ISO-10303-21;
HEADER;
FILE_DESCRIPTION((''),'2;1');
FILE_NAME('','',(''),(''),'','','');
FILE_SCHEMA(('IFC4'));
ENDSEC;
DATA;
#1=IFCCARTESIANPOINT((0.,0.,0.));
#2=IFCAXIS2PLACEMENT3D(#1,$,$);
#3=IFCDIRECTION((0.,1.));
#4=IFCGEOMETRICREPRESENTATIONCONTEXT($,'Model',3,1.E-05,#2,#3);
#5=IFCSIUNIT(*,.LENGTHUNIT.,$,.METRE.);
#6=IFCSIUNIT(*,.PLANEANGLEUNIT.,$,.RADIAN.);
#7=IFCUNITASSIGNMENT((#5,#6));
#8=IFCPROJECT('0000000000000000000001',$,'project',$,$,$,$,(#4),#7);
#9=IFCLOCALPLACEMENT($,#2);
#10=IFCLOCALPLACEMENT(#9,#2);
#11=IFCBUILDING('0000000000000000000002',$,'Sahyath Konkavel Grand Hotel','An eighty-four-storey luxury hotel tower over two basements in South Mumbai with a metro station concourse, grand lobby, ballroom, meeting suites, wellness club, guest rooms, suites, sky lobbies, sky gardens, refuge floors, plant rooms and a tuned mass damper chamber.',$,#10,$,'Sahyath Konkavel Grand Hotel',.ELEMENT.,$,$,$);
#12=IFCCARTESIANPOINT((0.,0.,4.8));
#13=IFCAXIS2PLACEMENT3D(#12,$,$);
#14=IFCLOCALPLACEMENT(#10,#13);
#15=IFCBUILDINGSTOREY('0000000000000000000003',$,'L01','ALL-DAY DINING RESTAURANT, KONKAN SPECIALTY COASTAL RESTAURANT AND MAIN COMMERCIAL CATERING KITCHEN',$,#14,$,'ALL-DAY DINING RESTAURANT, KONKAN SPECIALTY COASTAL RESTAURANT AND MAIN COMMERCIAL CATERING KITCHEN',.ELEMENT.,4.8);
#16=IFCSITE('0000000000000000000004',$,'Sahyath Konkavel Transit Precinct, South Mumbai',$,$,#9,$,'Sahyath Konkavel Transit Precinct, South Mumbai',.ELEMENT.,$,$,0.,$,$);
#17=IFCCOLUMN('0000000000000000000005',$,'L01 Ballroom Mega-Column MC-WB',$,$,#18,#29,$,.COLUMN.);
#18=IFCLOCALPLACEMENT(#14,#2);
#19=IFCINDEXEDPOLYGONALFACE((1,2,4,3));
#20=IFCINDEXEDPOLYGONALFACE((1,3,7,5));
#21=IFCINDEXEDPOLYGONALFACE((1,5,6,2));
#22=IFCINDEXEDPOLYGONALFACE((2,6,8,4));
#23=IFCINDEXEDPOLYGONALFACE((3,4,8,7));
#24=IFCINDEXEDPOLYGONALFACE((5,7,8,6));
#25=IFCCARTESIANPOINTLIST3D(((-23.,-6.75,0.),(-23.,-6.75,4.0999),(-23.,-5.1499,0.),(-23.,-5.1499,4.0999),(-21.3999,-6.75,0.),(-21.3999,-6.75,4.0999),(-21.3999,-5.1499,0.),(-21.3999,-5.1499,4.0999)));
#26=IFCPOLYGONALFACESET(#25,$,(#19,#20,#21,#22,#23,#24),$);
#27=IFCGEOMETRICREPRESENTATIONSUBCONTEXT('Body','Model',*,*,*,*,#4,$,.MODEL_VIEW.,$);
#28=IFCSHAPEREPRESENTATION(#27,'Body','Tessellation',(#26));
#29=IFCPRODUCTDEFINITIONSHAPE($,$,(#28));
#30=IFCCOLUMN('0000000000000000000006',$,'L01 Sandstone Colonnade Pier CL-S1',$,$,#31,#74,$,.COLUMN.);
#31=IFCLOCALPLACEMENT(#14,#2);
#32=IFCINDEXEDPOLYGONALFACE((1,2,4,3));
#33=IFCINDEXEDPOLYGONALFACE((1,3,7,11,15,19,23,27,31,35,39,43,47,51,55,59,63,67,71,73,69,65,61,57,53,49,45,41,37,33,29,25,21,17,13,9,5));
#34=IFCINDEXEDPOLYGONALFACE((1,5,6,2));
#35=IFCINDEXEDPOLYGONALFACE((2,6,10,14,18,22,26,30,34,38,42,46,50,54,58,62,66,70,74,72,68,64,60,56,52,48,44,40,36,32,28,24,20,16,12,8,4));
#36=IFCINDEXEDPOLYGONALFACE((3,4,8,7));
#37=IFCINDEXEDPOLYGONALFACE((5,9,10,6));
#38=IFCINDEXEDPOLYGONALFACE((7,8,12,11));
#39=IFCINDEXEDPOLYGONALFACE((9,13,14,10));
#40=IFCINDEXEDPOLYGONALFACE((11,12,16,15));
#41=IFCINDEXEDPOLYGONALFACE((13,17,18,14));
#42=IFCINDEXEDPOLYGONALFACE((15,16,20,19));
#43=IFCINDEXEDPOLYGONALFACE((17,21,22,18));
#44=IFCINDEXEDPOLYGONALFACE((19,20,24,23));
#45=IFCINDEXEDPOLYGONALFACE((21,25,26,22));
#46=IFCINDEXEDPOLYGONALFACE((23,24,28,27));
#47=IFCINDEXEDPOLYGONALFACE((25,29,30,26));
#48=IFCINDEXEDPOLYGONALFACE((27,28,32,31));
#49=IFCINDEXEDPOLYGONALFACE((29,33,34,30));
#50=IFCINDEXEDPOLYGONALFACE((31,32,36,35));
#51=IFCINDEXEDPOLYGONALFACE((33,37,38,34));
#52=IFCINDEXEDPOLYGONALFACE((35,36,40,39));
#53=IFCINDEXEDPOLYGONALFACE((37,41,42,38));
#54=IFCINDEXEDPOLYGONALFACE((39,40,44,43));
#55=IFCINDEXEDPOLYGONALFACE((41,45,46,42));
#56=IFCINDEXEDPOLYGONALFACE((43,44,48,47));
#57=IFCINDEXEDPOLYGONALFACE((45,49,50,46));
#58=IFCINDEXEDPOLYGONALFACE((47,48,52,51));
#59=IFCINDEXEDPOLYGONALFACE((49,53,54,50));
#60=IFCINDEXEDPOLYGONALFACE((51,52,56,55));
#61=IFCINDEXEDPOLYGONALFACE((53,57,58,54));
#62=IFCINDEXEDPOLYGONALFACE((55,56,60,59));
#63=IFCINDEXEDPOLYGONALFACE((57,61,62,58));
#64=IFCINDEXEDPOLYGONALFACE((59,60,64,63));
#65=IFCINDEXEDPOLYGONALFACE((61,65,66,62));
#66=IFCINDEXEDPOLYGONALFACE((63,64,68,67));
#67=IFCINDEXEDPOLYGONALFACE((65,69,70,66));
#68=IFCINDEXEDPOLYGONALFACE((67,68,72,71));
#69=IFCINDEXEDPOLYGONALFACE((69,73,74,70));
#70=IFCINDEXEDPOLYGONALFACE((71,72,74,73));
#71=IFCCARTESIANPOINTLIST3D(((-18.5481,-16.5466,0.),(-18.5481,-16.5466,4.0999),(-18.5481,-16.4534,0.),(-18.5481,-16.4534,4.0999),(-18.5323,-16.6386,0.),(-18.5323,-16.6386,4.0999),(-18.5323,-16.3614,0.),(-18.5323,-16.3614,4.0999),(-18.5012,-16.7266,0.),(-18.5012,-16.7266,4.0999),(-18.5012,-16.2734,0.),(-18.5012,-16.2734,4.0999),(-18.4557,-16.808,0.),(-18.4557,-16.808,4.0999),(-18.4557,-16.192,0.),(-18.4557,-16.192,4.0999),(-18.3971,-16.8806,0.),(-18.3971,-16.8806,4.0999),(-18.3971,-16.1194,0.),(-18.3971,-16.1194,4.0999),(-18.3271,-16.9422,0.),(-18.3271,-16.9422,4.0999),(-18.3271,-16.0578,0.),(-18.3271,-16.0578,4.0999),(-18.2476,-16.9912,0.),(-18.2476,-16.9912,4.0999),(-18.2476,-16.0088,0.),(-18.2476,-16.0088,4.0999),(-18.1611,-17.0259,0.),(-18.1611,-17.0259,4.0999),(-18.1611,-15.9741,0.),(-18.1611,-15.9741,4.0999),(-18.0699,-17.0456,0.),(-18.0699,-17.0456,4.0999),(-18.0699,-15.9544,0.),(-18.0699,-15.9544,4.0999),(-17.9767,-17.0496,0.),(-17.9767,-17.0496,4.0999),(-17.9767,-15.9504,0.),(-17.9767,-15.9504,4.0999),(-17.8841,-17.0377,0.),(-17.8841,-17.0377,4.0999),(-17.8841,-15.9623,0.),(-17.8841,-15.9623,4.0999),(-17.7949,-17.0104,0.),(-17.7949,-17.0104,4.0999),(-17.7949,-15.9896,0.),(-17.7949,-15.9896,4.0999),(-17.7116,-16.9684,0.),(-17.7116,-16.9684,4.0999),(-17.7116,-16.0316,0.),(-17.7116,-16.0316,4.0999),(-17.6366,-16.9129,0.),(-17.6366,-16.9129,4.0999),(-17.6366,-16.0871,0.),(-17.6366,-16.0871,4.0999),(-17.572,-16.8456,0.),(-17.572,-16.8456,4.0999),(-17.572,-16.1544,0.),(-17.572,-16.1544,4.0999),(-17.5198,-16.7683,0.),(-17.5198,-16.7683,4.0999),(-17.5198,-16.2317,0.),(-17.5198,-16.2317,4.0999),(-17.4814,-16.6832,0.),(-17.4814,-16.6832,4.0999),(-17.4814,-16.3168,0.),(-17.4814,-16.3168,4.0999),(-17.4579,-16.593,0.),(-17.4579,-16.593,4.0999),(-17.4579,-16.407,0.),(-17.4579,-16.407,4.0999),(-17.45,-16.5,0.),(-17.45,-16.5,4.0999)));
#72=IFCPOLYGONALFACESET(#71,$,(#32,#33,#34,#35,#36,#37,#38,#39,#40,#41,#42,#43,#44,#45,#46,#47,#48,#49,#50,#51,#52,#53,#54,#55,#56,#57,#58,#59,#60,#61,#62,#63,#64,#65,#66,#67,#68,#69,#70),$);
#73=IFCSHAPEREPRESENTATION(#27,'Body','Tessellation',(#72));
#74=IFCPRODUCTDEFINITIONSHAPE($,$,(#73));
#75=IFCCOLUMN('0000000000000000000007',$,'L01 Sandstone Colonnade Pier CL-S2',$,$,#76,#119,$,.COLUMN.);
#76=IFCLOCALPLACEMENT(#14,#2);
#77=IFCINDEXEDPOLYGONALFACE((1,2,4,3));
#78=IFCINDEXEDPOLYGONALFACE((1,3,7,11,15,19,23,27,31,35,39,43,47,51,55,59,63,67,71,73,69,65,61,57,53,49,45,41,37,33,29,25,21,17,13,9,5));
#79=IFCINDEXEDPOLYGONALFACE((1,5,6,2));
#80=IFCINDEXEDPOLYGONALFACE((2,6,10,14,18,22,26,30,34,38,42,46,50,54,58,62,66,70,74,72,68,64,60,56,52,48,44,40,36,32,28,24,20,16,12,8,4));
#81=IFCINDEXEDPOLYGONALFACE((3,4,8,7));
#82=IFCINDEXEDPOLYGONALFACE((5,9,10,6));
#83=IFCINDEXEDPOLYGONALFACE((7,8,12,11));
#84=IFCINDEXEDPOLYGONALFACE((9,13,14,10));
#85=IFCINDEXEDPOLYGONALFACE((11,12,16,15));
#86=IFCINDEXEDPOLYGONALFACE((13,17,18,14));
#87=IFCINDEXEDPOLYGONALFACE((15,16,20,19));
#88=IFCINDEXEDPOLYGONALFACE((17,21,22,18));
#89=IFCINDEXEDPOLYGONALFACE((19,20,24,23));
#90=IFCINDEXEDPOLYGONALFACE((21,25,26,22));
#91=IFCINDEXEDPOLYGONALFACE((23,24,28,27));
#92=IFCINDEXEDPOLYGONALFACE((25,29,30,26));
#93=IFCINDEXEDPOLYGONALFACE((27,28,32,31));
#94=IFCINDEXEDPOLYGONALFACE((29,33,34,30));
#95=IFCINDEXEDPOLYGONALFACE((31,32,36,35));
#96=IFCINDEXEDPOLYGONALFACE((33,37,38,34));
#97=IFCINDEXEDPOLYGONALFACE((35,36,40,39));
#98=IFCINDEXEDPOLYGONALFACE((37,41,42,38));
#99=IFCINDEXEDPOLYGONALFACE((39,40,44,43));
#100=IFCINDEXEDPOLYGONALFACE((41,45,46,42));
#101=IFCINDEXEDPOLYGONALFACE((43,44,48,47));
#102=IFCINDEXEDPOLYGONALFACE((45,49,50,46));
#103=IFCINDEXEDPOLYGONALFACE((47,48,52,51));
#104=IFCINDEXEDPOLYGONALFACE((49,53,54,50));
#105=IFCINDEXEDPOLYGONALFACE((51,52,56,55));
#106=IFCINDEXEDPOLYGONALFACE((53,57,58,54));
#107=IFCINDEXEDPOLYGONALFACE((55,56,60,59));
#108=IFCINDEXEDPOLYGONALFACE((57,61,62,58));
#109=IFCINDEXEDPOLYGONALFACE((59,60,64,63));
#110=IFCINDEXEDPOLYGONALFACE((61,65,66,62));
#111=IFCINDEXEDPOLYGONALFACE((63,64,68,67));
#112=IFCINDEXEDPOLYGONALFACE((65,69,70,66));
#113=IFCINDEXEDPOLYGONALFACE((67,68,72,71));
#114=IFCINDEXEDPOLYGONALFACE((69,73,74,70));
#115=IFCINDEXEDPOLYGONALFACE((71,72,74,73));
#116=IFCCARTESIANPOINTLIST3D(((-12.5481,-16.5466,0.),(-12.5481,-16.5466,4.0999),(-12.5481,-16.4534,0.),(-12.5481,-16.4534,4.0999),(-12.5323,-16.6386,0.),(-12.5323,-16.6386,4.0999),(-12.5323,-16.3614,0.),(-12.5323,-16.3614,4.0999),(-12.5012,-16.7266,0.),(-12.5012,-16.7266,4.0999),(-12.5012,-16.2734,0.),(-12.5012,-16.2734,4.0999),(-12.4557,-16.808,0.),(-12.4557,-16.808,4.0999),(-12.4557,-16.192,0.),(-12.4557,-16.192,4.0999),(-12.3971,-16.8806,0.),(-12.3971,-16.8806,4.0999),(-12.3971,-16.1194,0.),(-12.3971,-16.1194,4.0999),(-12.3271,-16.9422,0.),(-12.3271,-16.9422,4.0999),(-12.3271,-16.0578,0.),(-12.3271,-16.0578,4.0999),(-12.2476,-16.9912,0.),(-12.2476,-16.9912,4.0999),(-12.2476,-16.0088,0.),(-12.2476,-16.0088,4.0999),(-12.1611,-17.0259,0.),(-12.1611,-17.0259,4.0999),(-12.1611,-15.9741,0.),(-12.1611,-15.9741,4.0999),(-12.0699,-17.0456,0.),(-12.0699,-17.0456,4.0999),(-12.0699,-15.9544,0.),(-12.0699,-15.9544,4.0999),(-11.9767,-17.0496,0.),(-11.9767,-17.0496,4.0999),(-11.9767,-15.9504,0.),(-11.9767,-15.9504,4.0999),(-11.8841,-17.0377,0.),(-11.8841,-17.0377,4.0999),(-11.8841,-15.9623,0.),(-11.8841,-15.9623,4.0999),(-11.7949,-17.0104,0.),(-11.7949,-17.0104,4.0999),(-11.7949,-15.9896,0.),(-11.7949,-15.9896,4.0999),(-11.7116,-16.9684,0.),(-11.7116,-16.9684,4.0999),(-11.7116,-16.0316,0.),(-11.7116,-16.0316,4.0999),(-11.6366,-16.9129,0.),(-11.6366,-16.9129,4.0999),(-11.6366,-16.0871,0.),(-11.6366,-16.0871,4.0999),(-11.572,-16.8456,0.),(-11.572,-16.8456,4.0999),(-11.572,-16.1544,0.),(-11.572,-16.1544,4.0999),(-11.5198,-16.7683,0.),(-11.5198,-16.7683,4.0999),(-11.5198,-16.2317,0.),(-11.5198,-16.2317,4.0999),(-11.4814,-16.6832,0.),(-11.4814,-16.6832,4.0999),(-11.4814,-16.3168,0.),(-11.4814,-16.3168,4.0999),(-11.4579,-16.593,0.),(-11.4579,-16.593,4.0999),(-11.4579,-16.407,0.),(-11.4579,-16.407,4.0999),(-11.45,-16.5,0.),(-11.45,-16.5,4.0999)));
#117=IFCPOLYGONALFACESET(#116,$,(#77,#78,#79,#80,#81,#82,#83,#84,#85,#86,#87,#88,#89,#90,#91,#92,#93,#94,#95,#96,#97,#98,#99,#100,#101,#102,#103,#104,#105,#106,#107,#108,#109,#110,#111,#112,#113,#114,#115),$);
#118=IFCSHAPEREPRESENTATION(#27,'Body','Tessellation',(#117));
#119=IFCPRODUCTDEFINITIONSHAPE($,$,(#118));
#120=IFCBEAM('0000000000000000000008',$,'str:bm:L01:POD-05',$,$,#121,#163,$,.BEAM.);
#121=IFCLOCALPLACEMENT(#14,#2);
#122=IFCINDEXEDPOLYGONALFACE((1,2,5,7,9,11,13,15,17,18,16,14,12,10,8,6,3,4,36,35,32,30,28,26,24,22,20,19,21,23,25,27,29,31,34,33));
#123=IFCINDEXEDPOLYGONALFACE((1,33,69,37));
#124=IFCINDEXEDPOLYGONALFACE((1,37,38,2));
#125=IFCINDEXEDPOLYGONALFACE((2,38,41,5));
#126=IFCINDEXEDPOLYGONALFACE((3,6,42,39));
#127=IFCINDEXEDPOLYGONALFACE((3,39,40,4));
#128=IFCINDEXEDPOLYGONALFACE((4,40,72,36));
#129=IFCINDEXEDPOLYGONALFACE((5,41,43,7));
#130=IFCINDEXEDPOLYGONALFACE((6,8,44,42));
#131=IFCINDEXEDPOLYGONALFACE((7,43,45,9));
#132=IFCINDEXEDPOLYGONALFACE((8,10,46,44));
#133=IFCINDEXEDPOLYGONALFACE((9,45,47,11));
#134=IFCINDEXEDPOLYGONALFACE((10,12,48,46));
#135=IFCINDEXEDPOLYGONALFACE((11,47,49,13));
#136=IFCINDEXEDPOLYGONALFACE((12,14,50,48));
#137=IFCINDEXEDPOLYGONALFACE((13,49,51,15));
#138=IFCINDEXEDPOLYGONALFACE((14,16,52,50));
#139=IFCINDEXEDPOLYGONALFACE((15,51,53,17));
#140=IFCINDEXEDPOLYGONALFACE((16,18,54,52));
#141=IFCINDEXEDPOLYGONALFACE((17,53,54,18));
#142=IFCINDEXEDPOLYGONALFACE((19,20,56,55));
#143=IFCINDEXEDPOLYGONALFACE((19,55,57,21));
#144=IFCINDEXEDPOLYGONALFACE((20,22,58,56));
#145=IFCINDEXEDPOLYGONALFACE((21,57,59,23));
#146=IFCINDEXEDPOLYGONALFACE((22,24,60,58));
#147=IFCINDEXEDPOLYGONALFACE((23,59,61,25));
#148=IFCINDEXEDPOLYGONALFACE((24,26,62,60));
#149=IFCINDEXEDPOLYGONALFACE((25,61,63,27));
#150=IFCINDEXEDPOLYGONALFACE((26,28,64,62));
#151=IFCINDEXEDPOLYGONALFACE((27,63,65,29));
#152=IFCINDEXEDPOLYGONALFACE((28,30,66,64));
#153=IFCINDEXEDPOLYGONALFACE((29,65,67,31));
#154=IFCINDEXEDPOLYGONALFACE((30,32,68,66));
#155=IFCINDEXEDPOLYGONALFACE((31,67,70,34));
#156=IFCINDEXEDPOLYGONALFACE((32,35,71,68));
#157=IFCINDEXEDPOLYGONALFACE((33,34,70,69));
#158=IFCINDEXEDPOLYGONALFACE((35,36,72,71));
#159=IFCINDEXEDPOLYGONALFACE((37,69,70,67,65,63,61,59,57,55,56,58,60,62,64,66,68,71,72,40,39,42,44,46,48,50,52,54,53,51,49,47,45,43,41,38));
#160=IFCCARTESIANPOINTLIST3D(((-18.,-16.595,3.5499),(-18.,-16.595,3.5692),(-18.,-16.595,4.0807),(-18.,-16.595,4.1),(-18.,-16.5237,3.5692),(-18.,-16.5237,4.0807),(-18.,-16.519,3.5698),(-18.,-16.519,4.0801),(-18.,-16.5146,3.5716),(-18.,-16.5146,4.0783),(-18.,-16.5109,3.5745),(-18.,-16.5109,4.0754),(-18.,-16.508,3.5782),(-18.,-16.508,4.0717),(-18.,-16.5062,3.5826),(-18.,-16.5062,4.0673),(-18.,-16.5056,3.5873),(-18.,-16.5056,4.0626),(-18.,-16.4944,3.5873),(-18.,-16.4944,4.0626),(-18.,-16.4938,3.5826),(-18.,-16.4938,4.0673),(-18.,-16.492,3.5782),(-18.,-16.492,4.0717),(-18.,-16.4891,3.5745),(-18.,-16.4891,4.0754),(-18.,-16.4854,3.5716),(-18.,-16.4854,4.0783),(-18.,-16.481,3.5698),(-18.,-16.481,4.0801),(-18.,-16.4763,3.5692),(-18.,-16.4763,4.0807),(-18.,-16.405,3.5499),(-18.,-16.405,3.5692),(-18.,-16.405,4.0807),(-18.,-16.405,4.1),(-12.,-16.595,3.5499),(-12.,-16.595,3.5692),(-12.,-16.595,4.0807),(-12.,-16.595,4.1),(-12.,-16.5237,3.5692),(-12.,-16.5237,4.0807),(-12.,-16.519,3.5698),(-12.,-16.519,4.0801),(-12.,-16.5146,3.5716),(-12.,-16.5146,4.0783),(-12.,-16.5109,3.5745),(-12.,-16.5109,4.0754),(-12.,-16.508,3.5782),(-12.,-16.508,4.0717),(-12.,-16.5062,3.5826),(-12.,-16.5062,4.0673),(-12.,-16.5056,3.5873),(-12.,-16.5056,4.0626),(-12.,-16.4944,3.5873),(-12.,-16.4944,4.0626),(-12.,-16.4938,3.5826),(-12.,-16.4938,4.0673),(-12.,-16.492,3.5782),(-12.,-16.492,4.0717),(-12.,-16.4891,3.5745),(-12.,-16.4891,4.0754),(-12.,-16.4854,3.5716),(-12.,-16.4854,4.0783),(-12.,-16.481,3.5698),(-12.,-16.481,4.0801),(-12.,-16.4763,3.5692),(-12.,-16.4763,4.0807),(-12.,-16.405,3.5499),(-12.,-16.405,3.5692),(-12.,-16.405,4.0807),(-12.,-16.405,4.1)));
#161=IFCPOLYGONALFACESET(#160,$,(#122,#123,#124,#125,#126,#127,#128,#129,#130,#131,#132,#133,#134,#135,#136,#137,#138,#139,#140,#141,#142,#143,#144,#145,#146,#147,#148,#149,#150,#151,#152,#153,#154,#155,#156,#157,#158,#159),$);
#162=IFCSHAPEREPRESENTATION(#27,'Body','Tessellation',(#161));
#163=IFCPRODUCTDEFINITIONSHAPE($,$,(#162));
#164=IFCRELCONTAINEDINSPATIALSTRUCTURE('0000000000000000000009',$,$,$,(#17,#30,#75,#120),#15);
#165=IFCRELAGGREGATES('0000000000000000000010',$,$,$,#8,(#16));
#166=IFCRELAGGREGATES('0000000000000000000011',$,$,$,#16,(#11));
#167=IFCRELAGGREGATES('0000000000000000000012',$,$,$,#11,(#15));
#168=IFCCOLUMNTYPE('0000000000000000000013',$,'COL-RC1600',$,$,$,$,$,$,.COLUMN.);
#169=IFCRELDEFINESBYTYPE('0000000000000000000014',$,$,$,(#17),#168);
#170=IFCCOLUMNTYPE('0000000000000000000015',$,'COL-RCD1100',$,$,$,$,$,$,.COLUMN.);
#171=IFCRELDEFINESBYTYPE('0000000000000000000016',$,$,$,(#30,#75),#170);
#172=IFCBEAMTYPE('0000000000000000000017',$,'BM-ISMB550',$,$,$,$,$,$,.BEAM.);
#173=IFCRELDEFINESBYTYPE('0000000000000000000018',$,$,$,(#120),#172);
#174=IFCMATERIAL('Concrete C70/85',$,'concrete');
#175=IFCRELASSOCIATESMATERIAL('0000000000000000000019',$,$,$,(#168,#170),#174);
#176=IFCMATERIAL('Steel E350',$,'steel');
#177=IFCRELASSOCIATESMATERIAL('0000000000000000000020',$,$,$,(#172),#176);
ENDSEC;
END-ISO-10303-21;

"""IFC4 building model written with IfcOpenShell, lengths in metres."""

from ifc_helpers import new_model, si_unit, direction, frame, origin, origin_2d, place, context, subcontext, project, spatial, rectangle, circle, i_section, extrude, source, transform, mapped, material, material_profile, profile_set, type_object, element, save


model = new_model("IFC4")

# Units and contexts
model_context = context("Model", 3, precision=1e-05, world=origin(), true_north=direction((0.0, 1.0)))
body_context = subcontext(model_context, "Body", "Model", "MODEL_VIEW")
ifc_project = project(units=[si_unit("LENGTHUNIT", "METRE"), si_unit("PLANEANGLEUNIT", "RADIAN")], contexts=[model_context])

# Site, building, storey
site_placement = place(None, origin())
site = spatial("IfcSite", under=ifc_project, at=site_placement, Name="Sahyath Konkavel Transit Precinct, South Mumbai", LongName="Sahyath Konkavel Transit Precinct, South Mumbai", CompositionType="ELEMENT", RefElevation=0.0)
building_placement = place(site_placement, origin())
building = spatial("IfcBuilding", under=site, at=building_placement, Name="Sahyath Konkavel Grand Hotel", Description="An eighty-four-storey luxury hotel tower over two basements in South Mumbai with a metro station concourse, grand lobby, ballroom, meeting suites, wellness club, guest rooms, suites, sky lobbies, sky gardens, refuge floors, plant rooms and a tuned mass damper chamber.", LongName="Sahyath Konkavel Grand Hotel", CompositionType="ELEMENT")
storey_placement = place(building_placement, frame((0.0, 0.0, 4.8)))
storey = spatial("IfcBuildingStorey", under=building, at=storey_placement, Name="L01", Description="ALL-DAY DINING RESTAURANT, KONKAN SPECIALTY COASTAL RESTAURANT AND MAIN COMMERCIAL CATERING KITCHEN", LongName="ALL-DAY DINING RESTAURANT, KONKAN SPECIALTY COASTAL RESTAURANT AND MAIN COMMERCIAL CATERING KITCHEN", CompositionType="ELEMENT", Elevation=4.8)

# Columns
ifc_material_1 = material(Name="Concrete C70/85", Category="concrete")
ifc_material_profile_1 = material_profile(ifc_material_1, rectangle(XDim=1.6001, YDim=1.6001, at=origin_2d()), Name="RC 1600x1600")
ifc_profile_set_1 = profile_set([ifc_material_profile_1], Name="Concrete C70/85")
column_type_1 = type_object("IfcColumnType", Name="COL-RC1600", PredefinedType="COLUMN", material=ifc_profile_set_1)
shared_shape_1 = source(origin(), body_context, "Body", "SweptSolid", [
    extrude(rectangle(XDim=1.6001, YDim=1.6001, at=origin_2d()), origin(), (0.0, 0.0, 1.0), 4.0999),
])
column_placement = place(storey_placement, frame((-22.2, -5.95, 0.0), z_axis=(0.0, 0.0, 1.0), x_axis=(1.0, 0.0, 0.0)))
element("IfcColumn", 1, at=column_placement, inside=storey, type_object=column_type_1, Name="L01 Ballroom Mega-Column MC-WB", PredefinedType="COLUMN", context=body_context, shape_type="MappedRepresentation", body=[
    mapped(shared_shape_1, transform((0.0, 0.0, 0.0), scale=1.0)),
])
ifc_material_profile_2 = material_profile(ifc_material_1, circle(Radius=0.55, at=origin_2d()), Name="RC D1100")
ifc_profile_set_2 = profile_set([ifc_material_profile_2], Name="Concrete C70/85")
column_type_2 = type_object("IfcColumnType", Name="COL-RCD1100", PredefinedType="COLUMN", material=ifc_profile_set_2)
shared_shape_2 = source(origin(), body_context, "Body", "SweptSolid", [
    extrude(circle(Radius=0.55, at=origin_2d()), origin(), (0.0, 0.0, 1.0), 4.0999),
])
for number, where, z_axis, x_axis, name in (
    (2, (-18.0, -16.5, 0.0), (0.0, 0.0, 1.0), (1.0, 0.0, 0.0), "L01 Sandstone Colonnade Pier CL-S1"),
    (3, (-12.0, -16.5, 0.0), (0.0, 0.0, 1.0), (1.0, 0.0, 0.0), "L01 Sandstone Colonnade Pier CL-S2"),
):
    element("IfcColumn", number, at=place(storey_placement, frame(where, z_axis=z_axis, x_axis=x_axis)), inside=storey, type_object=column_type_2, Name=name, PredefinedType="COLUMN", context=body_context, shape_type="MappedRepresentation", body=[
        mapped(shared_shape_2, transform((0.0, 0.0, 0.0), scale=1.0)),
    ])

# Beam
ifc_material_2 = material(Name="Steel E350", Category="steel")
ifc_material_profile_3 = material_profile(ifc_material_2, i_section(OverallWidth=0.1899, OverallDepth=0.55, WebThickness=0.0112, FlangeThickness=0.0193, FilletRadius=0.0181, at=origin_2d()), Name="ISMB 550")
ifc_profile_set_3 = profile_set([ifc_material_profile_3], Name="Steel E350")
beam_type = type_object("IfcBeamType", Name="BM-ISMB550", PredefinedType="BEAM", material=ifc_profile_set_3)
shared_shape_3 = source(origin(), body_context, "Body", "SweptSolid", [
    extrude(i_section(OverallWidth=0.1899, OverallDepth=0.55, WebThickness=0.0112, FlangeThickness=0.0193, FilletRadius=0.0181, at=origin_2d()), origin(), (0.0, 0.0, 1.0), 6.0),
])
beam_1_placement = place(storey_placement, frame((-18.0, -16.5, 3.825), z_axis=(1.0, 0.0, 0.0), x_axis=(0.0, 1.0, 0.0)))
element("IfcBeam", 4, at=beam_1_placement, inside=storey, type_object=beam_type, Name="str:bm:L01:POD-05", PredefinedType="BEAM", context=body_context, shape_type="MappedRepresentation", body=[
    mapped(shared_shape_3, transform((0.0, 0.0, 0.0), scale=1.0)),
])

save(model, "model.ifc")
